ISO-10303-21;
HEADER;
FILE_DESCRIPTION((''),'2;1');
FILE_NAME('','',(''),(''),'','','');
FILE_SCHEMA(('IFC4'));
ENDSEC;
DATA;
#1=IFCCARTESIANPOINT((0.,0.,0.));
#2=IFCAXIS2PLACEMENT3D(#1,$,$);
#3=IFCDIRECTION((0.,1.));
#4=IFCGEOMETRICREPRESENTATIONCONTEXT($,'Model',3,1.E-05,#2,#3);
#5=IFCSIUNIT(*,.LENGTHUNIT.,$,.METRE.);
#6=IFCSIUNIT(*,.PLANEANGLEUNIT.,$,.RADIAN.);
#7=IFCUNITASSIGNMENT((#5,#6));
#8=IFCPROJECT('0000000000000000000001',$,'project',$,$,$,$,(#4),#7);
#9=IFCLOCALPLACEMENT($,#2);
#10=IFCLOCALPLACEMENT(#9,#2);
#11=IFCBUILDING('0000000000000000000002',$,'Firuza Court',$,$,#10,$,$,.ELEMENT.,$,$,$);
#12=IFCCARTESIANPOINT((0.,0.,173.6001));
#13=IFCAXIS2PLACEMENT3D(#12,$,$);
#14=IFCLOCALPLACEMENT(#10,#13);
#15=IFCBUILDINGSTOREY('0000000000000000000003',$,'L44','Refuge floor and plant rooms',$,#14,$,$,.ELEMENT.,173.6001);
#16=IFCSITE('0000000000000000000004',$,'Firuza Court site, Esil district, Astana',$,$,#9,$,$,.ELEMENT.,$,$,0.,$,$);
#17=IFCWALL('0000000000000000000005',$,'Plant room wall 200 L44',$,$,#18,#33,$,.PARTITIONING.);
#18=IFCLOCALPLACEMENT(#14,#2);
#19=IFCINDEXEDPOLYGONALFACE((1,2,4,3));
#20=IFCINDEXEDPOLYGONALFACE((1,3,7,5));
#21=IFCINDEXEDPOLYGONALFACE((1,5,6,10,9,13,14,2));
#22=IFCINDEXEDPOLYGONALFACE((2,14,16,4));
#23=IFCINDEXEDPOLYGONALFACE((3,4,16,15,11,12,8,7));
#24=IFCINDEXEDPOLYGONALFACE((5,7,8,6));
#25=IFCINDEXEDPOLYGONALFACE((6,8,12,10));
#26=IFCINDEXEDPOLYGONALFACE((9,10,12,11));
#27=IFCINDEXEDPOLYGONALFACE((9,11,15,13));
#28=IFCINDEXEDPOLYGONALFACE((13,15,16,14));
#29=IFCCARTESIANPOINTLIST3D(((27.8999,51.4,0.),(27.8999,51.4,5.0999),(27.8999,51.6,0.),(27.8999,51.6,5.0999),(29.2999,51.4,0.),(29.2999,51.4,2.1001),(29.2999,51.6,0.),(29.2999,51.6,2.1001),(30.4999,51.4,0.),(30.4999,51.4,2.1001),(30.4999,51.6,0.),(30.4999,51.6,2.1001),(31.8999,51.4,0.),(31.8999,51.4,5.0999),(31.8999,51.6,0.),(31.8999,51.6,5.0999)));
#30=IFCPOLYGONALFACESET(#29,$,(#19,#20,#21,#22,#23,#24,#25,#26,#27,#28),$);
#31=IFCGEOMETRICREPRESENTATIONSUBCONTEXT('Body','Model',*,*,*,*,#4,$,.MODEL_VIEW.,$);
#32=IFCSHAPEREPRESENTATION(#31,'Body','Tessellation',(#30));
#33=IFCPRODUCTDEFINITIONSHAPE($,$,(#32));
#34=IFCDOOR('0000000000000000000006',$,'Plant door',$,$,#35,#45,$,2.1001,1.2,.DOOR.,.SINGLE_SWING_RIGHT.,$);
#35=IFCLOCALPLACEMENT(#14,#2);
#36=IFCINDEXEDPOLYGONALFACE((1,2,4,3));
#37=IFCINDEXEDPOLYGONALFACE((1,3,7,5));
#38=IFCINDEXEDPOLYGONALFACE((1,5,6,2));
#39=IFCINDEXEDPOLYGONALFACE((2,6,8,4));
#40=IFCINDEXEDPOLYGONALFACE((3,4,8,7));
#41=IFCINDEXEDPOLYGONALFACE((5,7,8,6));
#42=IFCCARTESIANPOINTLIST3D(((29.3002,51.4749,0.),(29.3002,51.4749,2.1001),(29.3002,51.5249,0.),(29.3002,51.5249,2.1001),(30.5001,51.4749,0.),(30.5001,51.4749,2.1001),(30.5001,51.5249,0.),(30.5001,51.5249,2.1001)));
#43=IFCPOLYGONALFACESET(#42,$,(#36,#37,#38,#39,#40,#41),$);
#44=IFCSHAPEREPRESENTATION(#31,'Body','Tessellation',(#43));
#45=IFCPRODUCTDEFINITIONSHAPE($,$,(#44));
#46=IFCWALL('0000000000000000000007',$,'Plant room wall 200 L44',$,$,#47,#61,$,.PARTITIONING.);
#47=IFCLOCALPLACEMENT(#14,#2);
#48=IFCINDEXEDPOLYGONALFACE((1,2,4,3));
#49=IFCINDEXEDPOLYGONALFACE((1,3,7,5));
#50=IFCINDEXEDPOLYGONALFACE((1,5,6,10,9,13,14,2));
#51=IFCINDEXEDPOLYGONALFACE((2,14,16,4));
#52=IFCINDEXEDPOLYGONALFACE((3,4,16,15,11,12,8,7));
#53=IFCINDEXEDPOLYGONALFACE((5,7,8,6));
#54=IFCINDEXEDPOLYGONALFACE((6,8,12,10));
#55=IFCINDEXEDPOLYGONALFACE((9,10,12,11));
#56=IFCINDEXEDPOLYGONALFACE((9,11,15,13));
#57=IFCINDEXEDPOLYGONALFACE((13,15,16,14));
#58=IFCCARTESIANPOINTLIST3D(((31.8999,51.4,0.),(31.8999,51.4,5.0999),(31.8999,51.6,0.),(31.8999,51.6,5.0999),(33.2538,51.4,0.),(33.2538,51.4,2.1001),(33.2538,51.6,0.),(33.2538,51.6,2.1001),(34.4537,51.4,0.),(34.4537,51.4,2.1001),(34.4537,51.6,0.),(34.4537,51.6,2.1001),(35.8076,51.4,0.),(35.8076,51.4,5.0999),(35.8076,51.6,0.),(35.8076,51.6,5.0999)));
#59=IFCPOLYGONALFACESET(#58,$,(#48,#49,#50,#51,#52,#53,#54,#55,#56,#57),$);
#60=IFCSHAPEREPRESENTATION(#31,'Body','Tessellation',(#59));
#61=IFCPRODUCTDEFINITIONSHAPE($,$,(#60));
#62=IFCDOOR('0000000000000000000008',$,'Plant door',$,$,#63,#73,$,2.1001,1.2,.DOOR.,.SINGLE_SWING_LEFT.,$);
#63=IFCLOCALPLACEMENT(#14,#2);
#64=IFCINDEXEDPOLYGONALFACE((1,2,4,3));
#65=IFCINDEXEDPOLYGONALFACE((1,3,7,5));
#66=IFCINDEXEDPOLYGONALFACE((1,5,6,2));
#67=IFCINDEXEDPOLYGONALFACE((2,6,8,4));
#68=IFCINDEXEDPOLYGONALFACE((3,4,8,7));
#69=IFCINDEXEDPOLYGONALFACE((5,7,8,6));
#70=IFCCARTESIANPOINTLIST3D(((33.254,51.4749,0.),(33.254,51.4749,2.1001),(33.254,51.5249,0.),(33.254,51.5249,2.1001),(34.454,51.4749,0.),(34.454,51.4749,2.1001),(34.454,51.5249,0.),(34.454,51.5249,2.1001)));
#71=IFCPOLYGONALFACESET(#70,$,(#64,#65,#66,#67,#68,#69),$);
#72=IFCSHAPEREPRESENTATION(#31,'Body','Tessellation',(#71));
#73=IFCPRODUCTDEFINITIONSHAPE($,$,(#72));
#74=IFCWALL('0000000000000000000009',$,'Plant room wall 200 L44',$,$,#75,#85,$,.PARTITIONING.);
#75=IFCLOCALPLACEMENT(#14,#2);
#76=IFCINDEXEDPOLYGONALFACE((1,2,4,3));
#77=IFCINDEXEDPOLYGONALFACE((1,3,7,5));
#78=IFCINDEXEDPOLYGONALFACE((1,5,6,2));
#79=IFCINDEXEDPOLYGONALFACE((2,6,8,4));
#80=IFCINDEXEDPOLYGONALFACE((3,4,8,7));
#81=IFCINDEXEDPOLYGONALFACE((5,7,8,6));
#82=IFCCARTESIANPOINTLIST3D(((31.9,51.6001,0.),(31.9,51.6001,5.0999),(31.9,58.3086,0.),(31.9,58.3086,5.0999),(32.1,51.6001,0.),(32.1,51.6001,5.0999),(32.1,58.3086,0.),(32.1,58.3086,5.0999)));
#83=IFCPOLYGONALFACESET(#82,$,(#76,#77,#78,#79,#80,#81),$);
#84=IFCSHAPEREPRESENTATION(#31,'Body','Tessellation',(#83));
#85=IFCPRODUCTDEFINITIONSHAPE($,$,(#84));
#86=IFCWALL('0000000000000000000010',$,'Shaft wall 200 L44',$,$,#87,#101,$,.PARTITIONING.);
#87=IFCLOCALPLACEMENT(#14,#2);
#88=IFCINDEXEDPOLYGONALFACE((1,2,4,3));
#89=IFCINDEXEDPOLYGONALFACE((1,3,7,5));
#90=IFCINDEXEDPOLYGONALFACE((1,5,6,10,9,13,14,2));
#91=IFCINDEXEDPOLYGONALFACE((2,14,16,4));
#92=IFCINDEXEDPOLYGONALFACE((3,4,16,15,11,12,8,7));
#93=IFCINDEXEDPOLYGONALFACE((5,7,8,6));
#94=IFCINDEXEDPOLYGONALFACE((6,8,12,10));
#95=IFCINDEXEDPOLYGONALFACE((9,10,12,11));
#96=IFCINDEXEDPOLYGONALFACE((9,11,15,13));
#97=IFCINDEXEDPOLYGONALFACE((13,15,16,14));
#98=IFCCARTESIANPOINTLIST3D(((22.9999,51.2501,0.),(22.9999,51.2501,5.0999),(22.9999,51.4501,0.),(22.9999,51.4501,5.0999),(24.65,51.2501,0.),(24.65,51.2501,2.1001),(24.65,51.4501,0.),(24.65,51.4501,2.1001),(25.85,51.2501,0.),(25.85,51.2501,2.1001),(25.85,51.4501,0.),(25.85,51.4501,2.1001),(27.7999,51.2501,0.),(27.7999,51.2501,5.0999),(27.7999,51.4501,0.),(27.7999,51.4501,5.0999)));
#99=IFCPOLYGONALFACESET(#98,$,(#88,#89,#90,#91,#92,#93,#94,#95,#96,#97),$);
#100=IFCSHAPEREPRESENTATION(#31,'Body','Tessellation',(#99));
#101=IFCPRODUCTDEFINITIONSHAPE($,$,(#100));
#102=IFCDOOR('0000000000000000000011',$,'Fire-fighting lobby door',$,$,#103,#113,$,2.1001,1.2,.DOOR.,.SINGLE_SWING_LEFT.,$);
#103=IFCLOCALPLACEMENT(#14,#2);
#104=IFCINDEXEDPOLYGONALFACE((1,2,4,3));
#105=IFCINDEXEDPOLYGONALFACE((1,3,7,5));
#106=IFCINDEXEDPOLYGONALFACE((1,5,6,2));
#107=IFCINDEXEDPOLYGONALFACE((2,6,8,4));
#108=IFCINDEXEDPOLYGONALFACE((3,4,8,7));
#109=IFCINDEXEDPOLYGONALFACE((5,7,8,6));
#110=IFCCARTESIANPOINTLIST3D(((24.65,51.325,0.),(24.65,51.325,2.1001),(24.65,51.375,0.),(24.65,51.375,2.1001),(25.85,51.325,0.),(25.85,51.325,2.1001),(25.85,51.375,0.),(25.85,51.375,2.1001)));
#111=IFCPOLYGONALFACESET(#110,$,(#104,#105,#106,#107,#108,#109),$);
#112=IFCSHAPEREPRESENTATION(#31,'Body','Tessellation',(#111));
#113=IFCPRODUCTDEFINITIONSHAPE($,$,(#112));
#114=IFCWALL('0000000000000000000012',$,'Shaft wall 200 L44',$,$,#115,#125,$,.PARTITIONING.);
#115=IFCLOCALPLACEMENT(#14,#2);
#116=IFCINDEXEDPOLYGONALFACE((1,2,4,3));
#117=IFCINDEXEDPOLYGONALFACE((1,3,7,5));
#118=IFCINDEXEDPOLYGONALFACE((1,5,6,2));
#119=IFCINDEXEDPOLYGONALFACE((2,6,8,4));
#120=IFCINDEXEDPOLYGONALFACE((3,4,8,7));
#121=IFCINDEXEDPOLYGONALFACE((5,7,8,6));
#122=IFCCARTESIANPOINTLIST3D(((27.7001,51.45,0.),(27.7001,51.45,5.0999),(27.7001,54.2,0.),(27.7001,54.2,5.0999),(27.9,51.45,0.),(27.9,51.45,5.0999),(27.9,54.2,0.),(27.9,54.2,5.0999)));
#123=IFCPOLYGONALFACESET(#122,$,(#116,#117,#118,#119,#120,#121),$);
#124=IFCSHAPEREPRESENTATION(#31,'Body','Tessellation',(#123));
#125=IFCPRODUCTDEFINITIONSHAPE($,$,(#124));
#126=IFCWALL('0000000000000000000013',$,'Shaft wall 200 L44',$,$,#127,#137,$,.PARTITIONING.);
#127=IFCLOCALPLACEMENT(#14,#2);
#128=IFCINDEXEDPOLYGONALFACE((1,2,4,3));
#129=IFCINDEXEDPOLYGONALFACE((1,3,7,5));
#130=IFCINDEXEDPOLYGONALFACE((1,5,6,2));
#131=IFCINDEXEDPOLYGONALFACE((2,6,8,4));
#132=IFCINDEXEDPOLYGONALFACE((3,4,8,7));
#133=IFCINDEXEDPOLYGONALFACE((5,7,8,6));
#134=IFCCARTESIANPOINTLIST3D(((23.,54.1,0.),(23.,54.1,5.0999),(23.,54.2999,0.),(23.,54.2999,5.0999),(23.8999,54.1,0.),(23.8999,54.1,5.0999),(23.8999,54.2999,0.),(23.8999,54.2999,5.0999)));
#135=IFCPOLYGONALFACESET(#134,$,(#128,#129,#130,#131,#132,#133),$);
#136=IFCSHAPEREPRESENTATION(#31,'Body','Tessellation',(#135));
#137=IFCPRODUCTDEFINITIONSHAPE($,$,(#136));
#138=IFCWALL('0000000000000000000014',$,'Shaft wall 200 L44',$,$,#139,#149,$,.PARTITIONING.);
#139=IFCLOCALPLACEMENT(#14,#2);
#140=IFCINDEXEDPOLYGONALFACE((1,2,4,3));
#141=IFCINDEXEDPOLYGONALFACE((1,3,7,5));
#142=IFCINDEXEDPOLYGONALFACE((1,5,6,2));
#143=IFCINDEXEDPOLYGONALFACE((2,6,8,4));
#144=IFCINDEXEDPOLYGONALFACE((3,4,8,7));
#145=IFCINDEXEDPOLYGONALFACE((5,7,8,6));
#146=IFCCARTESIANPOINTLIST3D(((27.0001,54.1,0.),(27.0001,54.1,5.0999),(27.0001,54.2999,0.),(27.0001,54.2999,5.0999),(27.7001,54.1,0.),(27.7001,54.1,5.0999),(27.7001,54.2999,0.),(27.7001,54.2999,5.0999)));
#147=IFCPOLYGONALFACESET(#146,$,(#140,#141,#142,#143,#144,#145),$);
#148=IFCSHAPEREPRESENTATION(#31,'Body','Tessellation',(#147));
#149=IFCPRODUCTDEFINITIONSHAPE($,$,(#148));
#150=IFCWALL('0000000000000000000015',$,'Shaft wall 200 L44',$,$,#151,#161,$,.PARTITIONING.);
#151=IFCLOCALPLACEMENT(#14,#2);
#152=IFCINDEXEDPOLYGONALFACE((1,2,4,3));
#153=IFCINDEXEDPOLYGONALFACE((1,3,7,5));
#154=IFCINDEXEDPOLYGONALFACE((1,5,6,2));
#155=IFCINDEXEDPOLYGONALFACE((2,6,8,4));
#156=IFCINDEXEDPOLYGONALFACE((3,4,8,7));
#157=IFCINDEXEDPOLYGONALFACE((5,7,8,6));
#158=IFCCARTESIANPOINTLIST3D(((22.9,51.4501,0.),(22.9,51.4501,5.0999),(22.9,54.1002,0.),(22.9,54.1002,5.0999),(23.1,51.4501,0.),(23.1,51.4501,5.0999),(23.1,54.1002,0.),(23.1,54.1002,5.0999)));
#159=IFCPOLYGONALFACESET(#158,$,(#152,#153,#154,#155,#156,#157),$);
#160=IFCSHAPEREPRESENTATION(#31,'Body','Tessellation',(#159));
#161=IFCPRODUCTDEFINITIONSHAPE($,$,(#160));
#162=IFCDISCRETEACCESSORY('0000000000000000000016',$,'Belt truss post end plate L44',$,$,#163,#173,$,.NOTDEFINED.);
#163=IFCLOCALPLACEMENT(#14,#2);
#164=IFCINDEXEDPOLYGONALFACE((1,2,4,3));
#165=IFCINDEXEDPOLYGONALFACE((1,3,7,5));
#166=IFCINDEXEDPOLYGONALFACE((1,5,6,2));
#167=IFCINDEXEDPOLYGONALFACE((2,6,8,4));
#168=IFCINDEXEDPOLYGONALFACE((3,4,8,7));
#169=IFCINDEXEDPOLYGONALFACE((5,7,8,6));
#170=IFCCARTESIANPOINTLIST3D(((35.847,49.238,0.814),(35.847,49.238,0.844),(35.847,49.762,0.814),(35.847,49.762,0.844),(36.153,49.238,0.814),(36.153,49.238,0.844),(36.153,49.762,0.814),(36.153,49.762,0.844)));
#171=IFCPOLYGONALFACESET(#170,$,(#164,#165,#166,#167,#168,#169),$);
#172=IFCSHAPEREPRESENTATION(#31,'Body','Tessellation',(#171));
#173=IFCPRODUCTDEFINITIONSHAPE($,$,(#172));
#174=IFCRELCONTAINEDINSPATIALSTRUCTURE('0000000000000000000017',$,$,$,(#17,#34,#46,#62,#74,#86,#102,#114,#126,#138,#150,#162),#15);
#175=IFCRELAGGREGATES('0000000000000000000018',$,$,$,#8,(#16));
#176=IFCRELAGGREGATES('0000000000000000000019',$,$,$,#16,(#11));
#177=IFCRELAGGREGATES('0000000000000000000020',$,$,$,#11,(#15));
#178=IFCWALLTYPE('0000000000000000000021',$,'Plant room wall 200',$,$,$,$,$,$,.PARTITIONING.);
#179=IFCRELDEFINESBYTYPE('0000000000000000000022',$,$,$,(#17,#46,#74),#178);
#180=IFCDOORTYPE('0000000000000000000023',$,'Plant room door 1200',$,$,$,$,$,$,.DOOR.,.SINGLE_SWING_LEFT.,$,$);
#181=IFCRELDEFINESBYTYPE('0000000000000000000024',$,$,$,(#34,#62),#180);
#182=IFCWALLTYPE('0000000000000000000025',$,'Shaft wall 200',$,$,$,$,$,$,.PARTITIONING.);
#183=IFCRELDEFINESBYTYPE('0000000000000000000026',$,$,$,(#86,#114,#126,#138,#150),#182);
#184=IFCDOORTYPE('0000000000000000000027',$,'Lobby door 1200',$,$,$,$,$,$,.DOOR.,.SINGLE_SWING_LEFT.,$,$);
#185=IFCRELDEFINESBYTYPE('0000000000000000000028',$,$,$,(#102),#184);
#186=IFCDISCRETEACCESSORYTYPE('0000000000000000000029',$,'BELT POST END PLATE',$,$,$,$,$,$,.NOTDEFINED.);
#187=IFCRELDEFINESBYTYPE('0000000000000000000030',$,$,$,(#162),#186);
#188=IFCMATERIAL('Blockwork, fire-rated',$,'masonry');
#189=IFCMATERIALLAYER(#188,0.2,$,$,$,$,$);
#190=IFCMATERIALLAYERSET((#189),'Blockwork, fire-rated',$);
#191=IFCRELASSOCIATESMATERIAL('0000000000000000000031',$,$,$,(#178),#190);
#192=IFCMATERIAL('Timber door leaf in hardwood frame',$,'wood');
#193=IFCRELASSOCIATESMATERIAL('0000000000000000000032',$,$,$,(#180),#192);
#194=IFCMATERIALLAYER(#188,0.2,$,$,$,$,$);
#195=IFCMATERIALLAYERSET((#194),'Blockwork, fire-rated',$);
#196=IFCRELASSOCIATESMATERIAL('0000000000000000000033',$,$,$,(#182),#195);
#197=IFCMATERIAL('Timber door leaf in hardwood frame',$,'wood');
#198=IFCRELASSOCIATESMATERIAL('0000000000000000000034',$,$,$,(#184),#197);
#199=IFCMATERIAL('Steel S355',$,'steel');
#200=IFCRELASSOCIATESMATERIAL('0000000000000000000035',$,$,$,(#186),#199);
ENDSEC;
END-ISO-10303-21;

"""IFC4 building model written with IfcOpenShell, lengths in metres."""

from ifc_helpers import new_model, si_unit, direction, frame, frame_2d, origin, origin_2d, place, context, subcontext, project, spatial, rectangle, extrude, material, layer, layer_set, material_profile, profile_set, type_object, element, fill, save


model = new_model("IFC4")

# Units and contexts
model_context = context("Model", 3, precision=1e-05, world=origin(), true_north=direction((0.0, 1.0)))
body_context = subcontext(model_context, "Body", "Model", "MODEL_VIEW")
ifc_project = project(units=[si_unit("LENGTHUNIT", "METRE"), si_unit("PLANEANGLEUNIT", "RADIAN")], contexts=[model_context])

# Site, building, storey
site_placement = place(None, origin())
site = spatial("IfcSite", under=ifc_project, at=site_placement, Name="Firuza Court site, Esil district, Astana", CompositionType="ELEMENT", RefElevation=0.0)
building_placement = place(site_placement, origin())
building = spatial("IfcBuilding", under=site, at=building_placement, Name="Firuza Court", CompositionType="ELEMENT")
storey_placement = place(building_placement, frame((0.0, 0.0, 173.6001)))
storey = spatial("IfcBuildingStorey", under=building, at=storey_placement, Name="L44", Description="Refuge floor and plant rooms", CompositionType="ELEMENT", Elevation=173.6001)

# Walls, openings, doors
ifc_material_1 = material(Name="Blockwork, fire-rated", Category="masonry")
ifc_layer_1 = layer(ifc_material_1, 0.2)
ifc_layer_set_1 = layer_set([ifc_layer_1], Name="Blockwork, fire-rated")
wall_type_1 = type_object("IfcWallType", Name="Plant room wall 200", PredefinedType="PARTITIONING", material=ifc_layer_set_1)
wall_1_placement = place(storey_placement, frame((31.8999, 51.5, 0.0), z_axis=(0.0, 0.0, 1.0), x_axis=(-1.0, 0.0, 0.0)))
wall_1 = element("IfcWall", 1, at=wall_1_placement, inside=storey, type_object=wall_type_1, Name="Plant room wall 200 L44", PredefinedType="PARTITIONING", context=body_context, shape_type="SweptSolid", body=[
    extrude(rectangle(XDim=4.0, YDim=0.2, at=frame_2d((2.0, 0.0))), origin(), (0.0, 0.0, 1.0), 5.0999),
])
opening_1_placement = place(wall_1_placement, frame((1.3999, 0.0, 0.0)))
opening_1 = element("IfcOpeningElement", 2, at=opening_1_placement, cuts=wall_1, PredefinedType="OPENING", context=body_context, shape_type="SweptSolid", body=[
    extrude(rectangle(XDim=1.2, YDim=2.1001, at=frame_2d((0.6001, 1.05))), frame((0.0, 0.1118, 0.0), z_axis=(0.0, -1.0, 0.0), x_axis=(1.0, 0.0, 0.0)), (0.0, 0.0, 1.0), 0.2239),
])
ifc_material_2 = material(Name="Timber door leaf in hardwood frame", Category="wood")
door_type_1 = type_object("IfcDoorType", Name="Plant room door 1200", OperationType="SINGLE_SWING_LEFT", PredefinedType="DOOR", material=ifc_material_2)
door_1_placement = place(opening_1_placement, frame((1.2, 0.0, 0.0), z_axis=(0.0, 0.0, 1.0), x_axis=(-1.0, 0.0, 0.0)))
door_1 = element("IfcDoor", 3, at=door_1_placement, inside=storey, type_object=door_type_1, Name="Plant door", OperationType="SINGLE_SWING_RIGHT", OverallHeight=2.1001, OverallWidth=1.2, PredefinedType="DOOR", context=body_context, shape_type="SweptSolid", body=[
    extrude(rectangle(XDim=1.2, YDim=2.1001, at=frame_2d((0.6001, 1.05))), frame((0.0, 0.0249, 0.0), z_axis=(0.0, -1.0, 0.0), x_axis=(1.0, 0.0, 0.0)), (0.0, 0.0, 1.0), 0.05),
])
fill(opening_1, door_1)
wall_2_placement = place(storey_placement, frame((35.8076, 51.5, 0.0), z_axis=(0.0, 0.0, 1.0), x_axis=(-1.0, 0.0, 0.0)))
wall_2 = element("IfcWall", 4, at=wall_2_placement, inside=storey, type_object=wall_type_1, Name="Plant room wall 200 L44", PredefinedType="PARTITIONING", context=body_context, shape_type="SweptSolid", body=[
    extrude(rectangle(XDim=3.9077, YDim=0.2, at=frame_2d((1.9539, 0.0))), origin(), (0.0, 0.0, 1.0), 5.0999),
])
opening_2_placement = place(wall_2_placement, frame((1.3538, 0.0, 0.0)))
opening_2 = element("IfcOpeningElement", 5, at=opening_2_placement, cuts=wall_2, PredefinedType="OPENING", context=body_context, shape_type="SweptSolid", body=[
    extrude(rectangle(XDim=1.2, YDim=2.1001, at=frame_2d((0.6001, 1.05))), frame((0.0, 0.1118, 0.0), z_axis=(0.0, -1.0, 0.0), x_axis=(1.0, 0.0, 0.0)), (0.0, 0.0, 1.0), 0.2239),
])
door_2_placement = place(opening_2_placement, frame((1.2, 0.0, 0.0), z_axis=(0.0, 0.0, 1.0), x_axis=(-1.0, 0.0, 0.0)))
door_2 = element("IfcDoor", 6, at=door_2_placement, inside=storey, type_object=door_type_1, Name="Plant door", OperationType="SINGLE_SWING_LEFT", OverallHeight=2.1001, OverallWidth=1.2, PredefinedType="DOOR", context=body_context, shape_type="SweptSolid", body=[
    extrude(rectangle(XDim=1.2, YDim=2.1001, at=frame_2d((0.6001, 1.05))), frame((0.0, 0.0249, 0.0), z_axis=(0.0, -1.0, 0.0), x_axis=(1.0, 0.0, 0.0)), (0.0, 0.0, 1.0), 0.05),
])
fill(opening_2, door_2)

# Wall
wall_3_placement = place(storey_placement, frame((32.0, 58.3086, 0.0), z_axis=(0.0, 0.0, 1.0), x_axis=(0.0, -1.0, 0.0)))
element("IfcWall", 7, at=wall_3_placement, inside=storey, type_object=wall_type_1, Name="Plant room wall 200 L44", PredefinedType="PARTITIONING", context=body_context, shape_type="SweptSolid", body=[
    extrude(rectangle(XDim=6.7085, YDim=0.2, at=frame_2d((3.3542, 0.0))), origin(), (0.0, 0.0, 1.0), 5.0999),
])

# Wall, opening, door
ifc_layer_2 = layer(ifc_material_1, 0.2)
ifc_layer_set_2 = layer_set([ifc_layer_2], Name="Blockwork, fire-rated")
wall_type_2 = type_object("IfcWallType", Name="Shaft wall 200", PredefinedType="PARTITIONING", material=ifc_layer_set_2)
wall_4_placement = place(storey_placement, frame((23.0, 51.3501, 0.0), z_axis=(0.0, 0.0, 1.0), x_axis=(1.0, 0.0, 0.0)))
wall_4 = element("IfcWall", 8, at=wall_4_placement, inside=storey, type_object=wall_type_2, Name="Shaft wall 200 L44", PredefinedType="PARTITIONING", context=body_context, shape_type="SweptSolid", body=[
    extrude(rectangle(XDim=4.8, YDim=0.2, at=frame_2d((2.3999, 0.0))), origin(), (0.0, 0.0, 1.0), 5.0999),
])
opening_3_placement = place(wall_4_placement, frame((1.6499, 0.0, 0.0)))
opening_3 = element("IfcOpeningElement", 9, at=opening_3_placement, cuts=wall_4, PredefinedType="OPENING", context=body_context, shape_type="SweptSolid", body=[
    extrude(rectangle(XDim=1.2, YDim=2.1001, at=frame_2d((0.6001, 1.05))), frame((0.0, 0.1118, 0.0), z_axis=(0.0, -1.0, 0.0), x_axis=(1.0, 0.0, 0.0)), (0.0, 0.0, 1.0), 0.2239),
])
ifc_material_3 = material(Name="Timber door leaf in hardwood frame", Category="wood")
door_type_2 = type_object("IfcDoorType", Name="Lobby door 1200", OperationType="SINGLE_SWING_LEFT", PredefinedType="DOOR", material=ifc_material_3)
door_3_placement = place(opening_3_placement, origin())
door_3 = element("IfcDoor", 10, at=door_3_placement, inside=storey, type_object=door_type_2, Name="Fire-fighting lobby door", OperationType="SINGLE_SWING_LEFT", OverallHeight=2.1001, OverallWidth=1.2, PredefinedType="DOOR", context=body_context, shape_type="SweptSolid", body=[
    extrude(rectangle(XDim=1.2, YDim=2.1001, at=frame_2d((0.6001, 1.05))), frame((0.0, 0.0249, 0.0), z_axis=(0.0, -1.0, 0.0), x_axis=(1.0, 0.0, 0.0)), (0.0, 0.0, 1.0), 0.05),
])
fill(opening_3, door_3)

# Walls
wall_5_placement = place(storey_placement, frame((27.8, 51.45, 0.0), z_axis=(0.0, 0.0, 1.0), x_axis=(0.0, 1.0, 0.0)))
element("IfcWall", 11, at=wall_5_placement, inside=storey, type_object=wall_type_2, Name="Shaft wall 200 L44", PredefinedType="PARTITIONING", context=body_context, shape_type="SweptSolid", body=[
    extrude(rectangle(XDim=2.75, YDim=0.2, at=frame_2d((1.375, 0.0))), origin(), (0.0, 0.0, 1.0), 5.0999),
])
wall_6_placement = place(storey_placement, frame((23.0, 54.2, 0.0), z_axis=(0.0, 0.0, 1.0), x_axis=(1.0, 0.0, 0.0)))
element("IfcWall", 12, at=wall_6_placement, inside=storey, type_object=wall_type_2, Name="Shaft wall 200 L44", PredefinedType="PARTITIONING", context=body_context, shape_type="SweptSolid", body=[
    extrude(rectangle(XDim=0.8999, YDim=0.2, at=frame_2d((0.45, 0.0))), origin(), (0.0, 0.0, 1.0), 5.0999),
])
wall_7_placement = place(storey_placement, frame((27.0, 54.2, 0.0), z_axis=(0.0, 0.0, 1.0), x_axis=(1.0, 0.0, 0.0)))
element("IfcWall", 13, at=wall_7_placement, inside=storey, type_object=wall_type_2, Name="Shaft wall 200 L44", PredefinedType="PARTITIONING", context=body_context, shape_type="SweptSolid", body=[
    extrude(rectangle(XDim=0.7, YDim=0.2, at=frame_2d((0.3501, 0.0))), origin(), (0.0, 0.0, 1.0), 5.0999),
])
wall_8_placement = place(storey_placement, frame((23.0, 51.45, 0.0), z_axis=(0.0, 0.0, 1.0), x_axis=(0.0, 1.0, 0.0)))
element("IfcWall", 14, at=wall_8_placement, inside=storey, type_object=wall_type_2, Name="Shaft wall 200 L44", PredefinedType="PARTITIONING", context=body_context, shape_type="SweptSolid", body=[
    extrude(rectangle(XDim=2.6501, YDim=0.2, at=frame_2d((1.3252, 0.0))), origin(), (0.0, 0.0, 1.0), 5.0999),
])

# Discrete accessory
ifc_material_4 = material(Name="Steel S355", Category="steel")
ifc_material_profile_1 = material_profile(ifc_material_4, rectangle(XDim=0.3059, YDim=0.5239, at=origin_2d()), Name="PL 306X524")
ifc_profile_set_1 = profile_set([ifc_material_profile_1], Name="Steel S355")
discrete_accessory_type = type_object("IfcDiscreteAccessoryType", Name="BELT POST END PLATE", PredefinedType="NOTDEFINED", material=ifc_profile_set_1)
discrete_accessory_placement = place(storey_placement, frame((36.0, 49.5, 0.814), z_axis=(0.0, 0.0, 1.0), x_axis=(1.0, 0.0, 0.0)))
element("IfcDiscreteAccessory", 15, at=discrete_accessory_placement, inside=storey, type_object=discrete_accessory_type, Name="Belt truss post end plate L44", PredefinedType="NOTDEFINED", context=body_context, shape_type="SweptSolid", body=[
    extrude(rectangle(XDim=0.3059, YDim=0.5239, at=origin_2d()), origin(), (0.0, 0.0, 1.0), 0.03),
])

save(model, "model.ifc")
